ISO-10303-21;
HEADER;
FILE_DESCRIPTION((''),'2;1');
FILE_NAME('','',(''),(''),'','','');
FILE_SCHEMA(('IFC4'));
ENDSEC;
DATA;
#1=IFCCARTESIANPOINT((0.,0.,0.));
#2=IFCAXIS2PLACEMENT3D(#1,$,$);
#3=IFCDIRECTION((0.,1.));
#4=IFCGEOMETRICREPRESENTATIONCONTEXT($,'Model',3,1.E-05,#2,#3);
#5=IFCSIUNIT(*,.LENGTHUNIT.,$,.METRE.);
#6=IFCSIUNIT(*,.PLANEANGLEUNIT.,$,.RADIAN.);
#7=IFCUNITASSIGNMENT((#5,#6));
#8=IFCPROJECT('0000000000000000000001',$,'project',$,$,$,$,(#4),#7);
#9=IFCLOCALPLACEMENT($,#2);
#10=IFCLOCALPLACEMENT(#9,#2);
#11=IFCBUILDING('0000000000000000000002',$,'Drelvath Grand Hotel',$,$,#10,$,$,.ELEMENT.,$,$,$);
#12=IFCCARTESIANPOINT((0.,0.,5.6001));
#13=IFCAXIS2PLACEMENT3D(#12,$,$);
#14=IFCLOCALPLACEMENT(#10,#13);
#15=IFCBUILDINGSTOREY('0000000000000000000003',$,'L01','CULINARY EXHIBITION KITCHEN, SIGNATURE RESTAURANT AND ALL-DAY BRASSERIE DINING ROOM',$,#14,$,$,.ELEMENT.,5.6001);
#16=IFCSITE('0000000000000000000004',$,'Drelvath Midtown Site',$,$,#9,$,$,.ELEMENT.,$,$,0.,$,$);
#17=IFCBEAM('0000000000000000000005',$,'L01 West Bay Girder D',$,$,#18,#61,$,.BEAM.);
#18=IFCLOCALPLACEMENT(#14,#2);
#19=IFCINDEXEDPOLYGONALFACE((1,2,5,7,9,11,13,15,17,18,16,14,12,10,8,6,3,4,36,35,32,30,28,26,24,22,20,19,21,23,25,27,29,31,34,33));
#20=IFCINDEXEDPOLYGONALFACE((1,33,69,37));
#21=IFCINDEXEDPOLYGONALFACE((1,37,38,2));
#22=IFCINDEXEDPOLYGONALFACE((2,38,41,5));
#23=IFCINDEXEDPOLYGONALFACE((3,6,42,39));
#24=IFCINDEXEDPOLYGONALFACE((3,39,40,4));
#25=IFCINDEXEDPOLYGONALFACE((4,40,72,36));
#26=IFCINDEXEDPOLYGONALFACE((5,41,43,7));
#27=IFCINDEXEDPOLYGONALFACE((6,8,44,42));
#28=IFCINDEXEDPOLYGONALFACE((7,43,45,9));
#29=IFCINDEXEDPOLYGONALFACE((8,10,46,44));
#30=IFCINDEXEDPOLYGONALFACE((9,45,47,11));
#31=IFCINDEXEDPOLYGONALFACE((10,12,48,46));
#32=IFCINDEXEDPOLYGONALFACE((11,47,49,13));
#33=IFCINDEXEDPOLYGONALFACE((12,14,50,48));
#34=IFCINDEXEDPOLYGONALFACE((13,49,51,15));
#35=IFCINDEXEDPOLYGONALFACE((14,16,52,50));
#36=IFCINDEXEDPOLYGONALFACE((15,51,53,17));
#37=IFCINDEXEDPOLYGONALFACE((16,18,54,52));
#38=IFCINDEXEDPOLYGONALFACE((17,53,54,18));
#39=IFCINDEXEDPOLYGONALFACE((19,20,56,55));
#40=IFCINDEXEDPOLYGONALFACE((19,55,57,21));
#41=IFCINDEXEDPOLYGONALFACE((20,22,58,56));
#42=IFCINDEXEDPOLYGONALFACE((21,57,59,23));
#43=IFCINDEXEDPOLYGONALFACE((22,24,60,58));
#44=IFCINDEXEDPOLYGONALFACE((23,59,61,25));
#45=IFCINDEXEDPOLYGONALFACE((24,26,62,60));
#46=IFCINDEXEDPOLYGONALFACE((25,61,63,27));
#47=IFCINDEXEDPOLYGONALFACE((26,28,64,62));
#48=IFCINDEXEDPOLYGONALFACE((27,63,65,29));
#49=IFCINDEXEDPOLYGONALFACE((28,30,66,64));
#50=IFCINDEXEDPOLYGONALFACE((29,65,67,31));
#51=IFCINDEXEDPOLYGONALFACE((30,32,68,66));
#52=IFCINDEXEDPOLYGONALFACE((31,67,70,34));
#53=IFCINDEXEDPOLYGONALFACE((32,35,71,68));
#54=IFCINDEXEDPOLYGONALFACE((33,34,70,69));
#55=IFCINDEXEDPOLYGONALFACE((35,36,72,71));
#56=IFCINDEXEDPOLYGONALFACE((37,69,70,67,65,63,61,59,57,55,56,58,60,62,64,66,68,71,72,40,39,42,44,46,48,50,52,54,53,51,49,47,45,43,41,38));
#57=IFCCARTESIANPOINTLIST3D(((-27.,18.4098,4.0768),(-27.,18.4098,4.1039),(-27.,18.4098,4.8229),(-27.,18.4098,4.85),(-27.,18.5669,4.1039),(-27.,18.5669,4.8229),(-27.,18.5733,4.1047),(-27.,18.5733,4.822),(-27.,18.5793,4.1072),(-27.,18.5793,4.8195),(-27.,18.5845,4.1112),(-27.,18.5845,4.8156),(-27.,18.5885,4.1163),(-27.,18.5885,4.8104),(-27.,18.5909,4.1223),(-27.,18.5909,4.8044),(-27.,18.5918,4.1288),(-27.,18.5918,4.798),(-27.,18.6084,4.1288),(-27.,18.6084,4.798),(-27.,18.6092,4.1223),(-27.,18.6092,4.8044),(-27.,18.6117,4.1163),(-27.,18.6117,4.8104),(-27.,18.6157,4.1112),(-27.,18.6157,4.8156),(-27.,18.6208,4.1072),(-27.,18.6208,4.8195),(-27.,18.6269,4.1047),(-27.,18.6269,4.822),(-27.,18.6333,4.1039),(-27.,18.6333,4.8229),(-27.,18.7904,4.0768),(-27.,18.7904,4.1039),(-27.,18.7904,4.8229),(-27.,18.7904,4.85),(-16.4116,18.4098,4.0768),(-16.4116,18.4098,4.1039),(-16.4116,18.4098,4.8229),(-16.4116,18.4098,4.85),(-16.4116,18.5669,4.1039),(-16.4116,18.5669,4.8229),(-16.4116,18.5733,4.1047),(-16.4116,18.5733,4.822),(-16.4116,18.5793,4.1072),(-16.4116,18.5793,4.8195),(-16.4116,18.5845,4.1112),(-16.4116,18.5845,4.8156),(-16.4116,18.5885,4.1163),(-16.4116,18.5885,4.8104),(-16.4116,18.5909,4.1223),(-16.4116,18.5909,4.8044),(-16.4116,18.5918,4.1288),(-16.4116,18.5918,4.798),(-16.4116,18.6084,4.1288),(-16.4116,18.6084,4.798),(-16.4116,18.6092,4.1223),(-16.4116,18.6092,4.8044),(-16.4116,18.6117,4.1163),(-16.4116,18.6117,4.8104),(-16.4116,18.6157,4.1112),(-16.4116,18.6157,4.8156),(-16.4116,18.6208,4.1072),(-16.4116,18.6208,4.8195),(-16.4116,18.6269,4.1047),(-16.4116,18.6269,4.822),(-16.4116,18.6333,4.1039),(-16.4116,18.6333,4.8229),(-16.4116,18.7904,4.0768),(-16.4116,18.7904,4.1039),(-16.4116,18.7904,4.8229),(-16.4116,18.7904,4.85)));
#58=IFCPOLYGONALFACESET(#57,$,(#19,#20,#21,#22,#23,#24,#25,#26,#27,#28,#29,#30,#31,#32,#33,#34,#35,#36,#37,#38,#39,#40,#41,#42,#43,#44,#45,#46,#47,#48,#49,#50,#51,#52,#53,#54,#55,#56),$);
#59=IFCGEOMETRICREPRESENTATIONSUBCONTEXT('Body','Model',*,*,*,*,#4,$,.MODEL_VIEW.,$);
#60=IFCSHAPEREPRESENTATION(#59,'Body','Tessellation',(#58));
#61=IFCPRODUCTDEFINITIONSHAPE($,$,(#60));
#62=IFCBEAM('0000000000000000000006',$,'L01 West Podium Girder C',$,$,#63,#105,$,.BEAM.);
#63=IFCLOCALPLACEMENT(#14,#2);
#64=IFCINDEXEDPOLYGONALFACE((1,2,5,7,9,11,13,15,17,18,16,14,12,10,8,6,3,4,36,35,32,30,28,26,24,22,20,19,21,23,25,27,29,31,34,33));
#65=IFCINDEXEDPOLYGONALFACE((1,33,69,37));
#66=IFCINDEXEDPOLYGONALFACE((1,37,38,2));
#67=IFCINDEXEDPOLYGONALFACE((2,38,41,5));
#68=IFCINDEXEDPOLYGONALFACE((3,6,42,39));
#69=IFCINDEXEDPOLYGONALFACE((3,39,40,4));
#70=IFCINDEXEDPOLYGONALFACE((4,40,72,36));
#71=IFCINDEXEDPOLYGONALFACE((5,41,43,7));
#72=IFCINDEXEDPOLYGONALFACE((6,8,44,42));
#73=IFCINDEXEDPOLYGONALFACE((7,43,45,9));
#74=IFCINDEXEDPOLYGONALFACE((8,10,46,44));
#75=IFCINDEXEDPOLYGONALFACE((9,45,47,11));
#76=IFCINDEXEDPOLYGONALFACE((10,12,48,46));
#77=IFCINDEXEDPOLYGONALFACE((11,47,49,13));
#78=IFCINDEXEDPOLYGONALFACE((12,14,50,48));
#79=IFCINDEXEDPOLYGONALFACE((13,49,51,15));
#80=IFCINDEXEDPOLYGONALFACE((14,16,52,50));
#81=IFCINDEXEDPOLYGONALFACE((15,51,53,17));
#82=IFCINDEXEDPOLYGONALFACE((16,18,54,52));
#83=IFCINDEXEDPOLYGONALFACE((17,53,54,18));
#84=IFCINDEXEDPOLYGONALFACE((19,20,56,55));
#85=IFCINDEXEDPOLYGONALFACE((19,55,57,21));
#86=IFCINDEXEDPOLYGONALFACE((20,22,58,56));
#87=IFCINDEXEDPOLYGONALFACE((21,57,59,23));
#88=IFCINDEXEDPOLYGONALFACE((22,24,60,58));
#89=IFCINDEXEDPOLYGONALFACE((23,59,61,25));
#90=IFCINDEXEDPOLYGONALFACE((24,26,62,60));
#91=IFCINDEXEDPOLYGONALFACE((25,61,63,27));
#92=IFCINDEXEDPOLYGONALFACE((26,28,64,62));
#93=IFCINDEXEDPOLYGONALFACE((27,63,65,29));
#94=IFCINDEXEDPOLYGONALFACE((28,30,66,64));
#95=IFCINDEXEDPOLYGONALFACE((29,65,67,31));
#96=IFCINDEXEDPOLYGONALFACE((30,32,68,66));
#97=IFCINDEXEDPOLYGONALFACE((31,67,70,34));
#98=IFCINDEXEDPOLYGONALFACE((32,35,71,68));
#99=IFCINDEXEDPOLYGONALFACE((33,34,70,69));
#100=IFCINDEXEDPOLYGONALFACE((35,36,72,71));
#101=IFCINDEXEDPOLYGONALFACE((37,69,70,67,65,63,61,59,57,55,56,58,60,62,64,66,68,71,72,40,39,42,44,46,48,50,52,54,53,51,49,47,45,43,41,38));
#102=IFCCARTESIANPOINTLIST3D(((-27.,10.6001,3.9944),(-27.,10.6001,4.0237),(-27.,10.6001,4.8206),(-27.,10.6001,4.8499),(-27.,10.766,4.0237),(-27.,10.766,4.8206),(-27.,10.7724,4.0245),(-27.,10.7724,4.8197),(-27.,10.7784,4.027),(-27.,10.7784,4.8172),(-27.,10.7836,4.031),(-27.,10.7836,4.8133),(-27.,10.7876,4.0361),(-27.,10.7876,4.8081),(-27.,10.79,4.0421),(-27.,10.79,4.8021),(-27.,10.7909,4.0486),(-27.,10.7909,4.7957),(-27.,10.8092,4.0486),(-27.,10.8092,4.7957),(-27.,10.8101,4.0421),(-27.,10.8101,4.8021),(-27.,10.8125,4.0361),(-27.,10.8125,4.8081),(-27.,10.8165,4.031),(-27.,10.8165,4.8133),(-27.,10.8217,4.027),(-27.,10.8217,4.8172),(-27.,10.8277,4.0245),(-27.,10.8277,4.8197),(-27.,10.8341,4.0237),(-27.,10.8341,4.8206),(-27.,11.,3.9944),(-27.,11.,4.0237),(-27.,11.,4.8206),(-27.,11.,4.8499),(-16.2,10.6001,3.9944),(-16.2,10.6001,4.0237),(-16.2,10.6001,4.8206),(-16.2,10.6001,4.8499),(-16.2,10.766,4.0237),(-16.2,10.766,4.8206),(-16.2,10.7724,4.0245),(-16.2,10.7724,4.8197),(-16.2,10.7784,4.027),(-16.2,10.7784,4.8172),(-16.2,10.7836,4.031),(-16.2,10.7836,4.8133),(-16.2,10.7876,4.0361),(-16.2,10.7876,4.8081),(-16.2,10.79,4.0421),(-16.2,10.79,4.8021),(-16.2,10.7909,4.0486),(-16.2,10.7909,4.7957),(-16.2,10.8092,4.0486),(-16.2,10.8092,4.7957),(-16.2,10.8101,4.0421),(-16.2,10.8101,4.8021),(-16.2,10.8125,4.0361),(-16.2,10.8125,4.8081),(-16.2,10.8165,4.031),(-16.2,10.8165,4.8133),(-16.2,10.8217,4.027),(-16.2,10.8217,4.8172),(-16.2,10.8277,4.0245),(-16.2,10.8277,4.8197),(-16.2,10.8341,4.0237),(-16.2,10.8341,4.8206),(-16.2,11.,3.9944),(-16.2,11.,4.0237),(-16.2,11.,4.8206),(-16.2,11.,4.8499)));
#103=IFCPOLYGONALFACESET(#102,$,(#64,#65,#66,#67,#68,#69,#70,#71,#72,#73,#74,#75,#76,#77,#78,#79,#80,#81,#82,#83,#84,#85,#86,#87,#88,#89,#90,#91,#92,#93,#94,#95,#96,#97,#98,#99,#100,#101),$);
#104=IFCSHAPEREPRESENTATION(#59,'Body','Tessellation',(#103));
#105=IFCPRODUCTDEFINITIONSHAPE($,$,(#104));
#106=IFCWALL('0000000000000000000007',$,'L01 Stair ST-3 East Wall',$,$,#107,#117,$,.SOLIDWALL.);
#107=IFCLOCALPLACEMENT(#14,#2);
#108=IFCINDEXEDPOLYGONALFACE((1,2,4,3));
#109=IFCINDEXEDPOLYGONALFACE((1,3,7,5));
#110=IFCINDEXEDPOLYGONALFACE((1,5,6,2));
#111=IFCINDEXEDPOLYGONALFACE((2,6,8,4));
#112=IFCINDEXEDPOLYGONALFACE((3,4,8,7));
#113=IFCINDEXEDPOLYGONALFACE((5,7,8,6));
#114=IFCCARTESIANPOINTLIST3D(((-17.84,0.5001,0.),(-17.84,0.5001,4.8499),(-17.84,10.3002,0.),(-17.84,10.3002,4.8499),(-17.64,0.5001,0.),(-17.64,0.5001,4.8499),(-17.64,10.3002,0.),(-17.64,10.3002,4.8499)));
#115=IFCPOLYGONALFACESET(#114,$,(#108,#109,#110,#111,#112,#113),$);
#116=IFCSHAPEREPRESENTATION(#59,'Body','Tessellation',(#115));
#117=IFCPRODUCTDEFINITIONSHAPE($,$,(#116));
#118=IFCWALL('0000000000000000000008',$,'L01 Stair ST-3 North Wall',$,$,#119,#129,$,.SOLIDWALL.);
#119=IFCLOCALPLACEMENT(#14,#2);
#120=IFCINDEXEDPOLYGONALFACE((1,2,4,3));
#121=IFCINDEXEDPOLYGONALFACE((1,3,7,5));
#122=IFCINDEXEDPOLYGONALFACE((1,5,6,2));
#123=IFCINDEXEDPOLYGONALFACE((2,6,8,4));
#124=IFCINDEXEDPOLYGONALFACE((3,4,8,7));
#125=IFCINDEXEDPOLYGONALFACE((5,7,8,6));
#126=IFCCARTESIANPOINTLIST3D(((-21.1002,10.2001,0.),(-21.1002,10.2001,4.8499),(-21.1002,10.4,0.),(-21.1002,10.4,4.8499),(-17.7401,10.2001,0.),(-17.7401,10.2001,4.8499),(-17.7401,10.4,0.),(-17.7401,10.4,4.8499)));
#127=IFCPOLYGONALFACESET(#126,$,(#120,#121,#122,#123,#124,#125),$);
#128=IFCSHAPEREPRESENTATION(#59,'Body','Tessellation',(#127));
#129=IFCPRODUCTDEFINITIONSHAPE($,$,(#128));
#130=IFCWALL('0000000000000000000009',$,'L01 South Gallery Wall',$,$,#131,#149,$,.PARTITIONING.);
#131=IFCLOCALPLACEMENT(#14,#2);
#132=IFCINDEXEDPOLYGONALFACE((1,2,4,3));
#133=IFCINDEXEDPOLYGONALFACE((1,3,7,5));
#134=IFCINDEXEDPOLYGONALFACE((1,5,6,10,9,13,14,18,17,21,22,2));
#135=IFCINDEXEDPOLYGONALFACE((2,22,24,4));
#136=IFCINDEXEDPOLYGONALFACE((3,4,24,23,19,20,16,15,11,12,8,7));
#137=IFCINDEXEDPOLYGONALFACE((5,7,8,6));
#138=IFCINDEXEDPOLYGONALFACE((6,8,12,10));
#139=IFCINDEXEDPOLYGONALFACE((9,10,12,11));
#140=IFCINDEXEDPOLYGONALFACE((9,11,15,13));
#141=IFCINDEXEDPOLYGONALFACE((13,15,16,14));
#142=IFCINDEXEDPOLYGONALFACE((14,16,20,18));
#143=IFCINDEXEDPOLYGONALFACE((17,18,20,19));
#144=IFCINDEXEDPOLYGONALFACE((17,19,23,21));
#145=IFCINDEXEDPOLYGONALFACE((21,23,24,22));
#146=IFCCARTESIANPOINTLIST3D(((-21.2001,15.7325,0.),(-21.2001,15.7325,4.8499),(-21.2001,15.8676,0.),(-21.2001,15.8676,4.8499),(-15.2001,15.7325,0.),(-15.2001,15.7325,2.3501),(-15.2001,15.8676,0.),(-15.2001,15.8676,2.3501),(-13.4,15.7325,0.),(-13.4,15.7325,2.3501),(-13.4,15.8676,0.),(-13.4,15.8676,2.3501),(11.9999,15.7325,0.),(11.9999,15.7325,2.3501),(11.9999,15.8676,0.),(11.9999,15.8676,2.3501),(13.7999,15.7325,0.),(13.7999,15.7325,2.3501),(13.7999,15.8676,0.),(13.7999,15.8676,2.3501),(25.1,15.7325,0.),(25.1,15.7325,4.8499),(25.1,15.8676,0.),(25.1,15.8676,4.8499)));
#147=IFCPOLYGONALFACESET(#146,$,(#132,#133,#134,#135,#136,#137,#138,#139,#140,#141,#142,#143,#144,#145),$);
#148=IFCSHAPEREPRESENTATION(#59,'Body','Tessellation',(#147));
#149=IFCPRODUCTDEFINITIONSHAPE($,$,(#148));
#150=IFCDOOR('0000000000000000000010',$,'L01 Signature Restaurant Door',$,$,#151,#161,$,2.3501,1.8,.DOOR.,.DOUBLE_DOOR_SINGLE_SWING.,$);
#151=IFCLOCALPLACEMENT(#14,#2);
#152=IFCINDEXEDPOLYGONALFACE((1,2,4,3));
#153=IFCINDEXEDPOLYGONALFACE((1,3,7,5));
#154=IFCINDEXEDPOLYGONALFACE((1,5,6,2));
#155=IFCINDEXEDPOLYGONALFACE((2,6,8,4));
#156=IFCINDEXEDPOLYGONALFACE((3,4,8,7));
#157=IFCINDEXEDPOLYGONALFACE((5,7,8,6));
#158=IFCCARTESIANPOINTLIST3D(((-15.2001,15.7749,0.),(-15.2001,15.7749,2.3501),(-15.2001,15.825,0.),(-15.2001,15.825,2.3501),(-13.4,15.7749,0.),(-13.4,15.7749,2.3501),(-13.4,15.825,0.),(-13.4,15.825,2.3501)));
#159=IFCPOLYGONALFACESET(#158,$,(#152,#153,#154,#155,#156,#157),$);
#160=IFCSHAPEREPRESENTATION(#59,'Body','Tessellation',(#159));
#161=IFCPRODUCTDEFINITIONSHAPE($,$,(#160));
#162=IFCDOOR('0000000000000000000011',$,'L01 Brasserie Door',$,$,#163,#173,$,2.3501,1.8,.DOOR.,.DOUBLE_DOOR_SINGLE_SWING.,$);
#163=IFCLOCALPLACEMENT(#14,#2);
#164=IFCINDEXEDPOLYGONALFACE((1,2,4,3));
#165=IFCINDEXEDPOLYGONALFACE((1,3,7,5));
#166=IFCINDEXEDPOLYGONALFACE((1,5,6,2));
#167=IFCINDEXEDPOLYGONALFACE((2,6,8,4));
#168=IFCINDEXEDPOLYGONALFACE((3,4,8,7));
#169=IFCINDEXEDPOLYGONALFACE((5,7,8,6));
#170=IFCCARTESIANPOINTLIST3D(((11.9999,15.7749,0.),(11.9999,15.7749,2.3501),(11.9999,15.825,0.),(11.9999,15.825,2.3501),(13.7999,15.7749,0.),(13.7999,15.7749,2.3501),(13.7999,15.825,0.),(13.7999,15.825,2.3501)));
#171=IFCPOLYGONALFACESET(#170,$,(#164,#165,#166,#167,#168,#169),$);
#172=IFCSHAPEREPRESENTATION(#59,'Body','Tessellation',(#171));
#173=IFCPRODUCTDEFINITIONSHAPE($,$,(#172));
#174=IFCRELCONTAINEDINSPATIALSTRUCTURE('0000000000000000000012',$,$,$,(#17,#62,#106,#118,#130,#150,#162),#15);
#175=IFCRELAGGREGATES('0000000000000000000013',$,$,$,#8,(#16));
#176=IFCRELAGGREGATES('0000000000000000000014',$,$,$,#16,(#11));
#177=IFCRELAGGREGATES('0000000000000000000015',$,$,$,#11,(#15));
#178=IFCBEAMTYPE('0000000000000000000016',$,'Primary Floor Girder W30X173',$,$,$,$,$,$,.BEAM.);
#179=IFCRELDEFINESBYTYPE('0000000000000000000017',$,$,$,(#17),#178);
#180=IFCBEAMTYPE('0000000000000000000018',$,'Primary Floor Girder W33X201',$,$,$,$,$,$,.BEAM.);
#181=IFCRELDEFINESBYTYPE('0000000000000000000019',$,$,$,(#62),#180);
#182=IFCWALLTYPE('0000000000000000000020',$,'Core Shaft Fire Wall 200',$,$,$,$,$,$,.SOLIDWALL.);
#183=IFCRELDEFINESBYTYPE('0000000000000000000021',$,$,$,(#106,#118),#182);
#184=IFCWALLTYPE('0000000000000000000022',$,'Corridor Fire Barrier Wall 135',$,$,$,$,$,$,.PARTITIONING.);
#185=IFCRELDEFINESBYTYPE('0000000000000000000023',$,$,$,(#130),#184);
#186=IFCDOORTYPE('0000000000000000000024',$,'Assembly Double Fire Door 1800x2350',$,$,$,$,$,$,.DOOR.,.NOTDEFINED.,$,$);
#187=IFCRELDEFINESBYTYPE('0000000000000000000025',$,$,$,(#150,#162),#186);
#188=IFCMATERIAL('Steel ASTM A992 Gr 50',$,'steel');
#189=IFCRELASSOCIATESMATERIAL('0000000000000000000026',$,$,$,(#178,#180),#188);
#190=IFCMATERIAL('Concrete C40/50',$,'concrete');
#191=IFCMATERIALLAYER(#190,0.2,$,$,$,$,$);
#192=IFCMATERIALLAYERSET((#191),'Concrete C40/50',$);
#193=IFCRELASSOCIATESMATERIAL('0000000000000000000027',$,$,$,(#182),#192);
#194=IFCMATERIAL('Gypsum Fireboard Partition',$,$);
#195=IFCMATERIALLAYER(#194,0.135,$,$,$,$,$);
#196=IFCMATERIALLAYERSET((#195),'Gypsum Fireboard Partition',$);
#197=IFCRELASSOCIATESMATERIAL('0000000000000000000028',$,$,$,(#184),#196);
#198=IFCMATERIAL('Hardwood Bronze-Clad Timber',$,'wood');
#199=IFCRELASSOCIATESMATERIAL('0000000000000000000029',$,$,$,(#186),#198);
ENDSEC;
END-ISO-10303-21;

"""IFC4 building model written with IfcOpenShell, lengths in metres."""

from ifc_helpers import new_model, si_unit, direction, frame, frame_2d, origin, origin_2d, place, context, subcontext, project, spatial, rectangle, i_section, extrude, material, layer, layer_set, material_profile, profile_set, type_object, element, fill, save


model = new_model("IFC4")

# Units and contexts
model_context = context("Model", 3, precision=1e-05, world=origin(), true_north=direction((0.0, 1.0)))
body_context = subcontext(model_context, "Body", "Model", "MODEL_VIEW")
ifc_project = project(units=[si_unit("LENGTHUNIT", "METRE"), si_unit("PLANEANGLEUNIT", "RADIAN")], contexts=[model_context])

# Site, building, storey
site_placement = place(None, origin())
site = spatial("IfcSite", under=ifc_project, at=site_placement, Name="Drelvath Midtown Site", CompositionType="ELEMENT", RefElevation=0.0)
building_placement = place(site_placement, origin())
building = spatial("IfcBuilding", under=site, at=building_placement, Name="Drelvath Grand Hotel", CompositionType="ELEMENT")
storey_placement = place(building_placement, frame((0.0, 0.0, 5.6001)))
storey = spatial("IfcBuildingStorey", under=building, at=storey_placement, Name="L01", Description="CULINARY EXHIBITION KITCHEN, SIGNATURE RESTAURANT AND ALL-DAY BRASSERIE DINING ROOM", CompositionType="ELEMENT", Elevation=5.6001)

# Beams
ifc_material_1 = material(Name="Steel ASTM A992 Gr 50", Category="steel")
ifc_material_profile_1 = material_profile(ifc_material_1, i_section(OverallWidth=0.3806, OverallDepth=0.7732, WebThickness=0.0166, FlangeThickness=0.0271, FilletRadius=0.0249, at=origin_2d()), Name="W30X173")
ifc_profile_set_1 = profile_set([ifc_material_profile_1], Name="Steel ASTM A992 Gr 50")
beam_type_1 = type_object("IfcBeamType", Name="Primary Floor Girder W30X173", PredefinedType="BEAM", material=ifc_profile_set_1)
beam_1_placement = place(storey_placement, frame((-27.0, 18.6001, 4.4634), z_axis=(1.0, 0.0, 0.0), x_axis=(0.0, 1.0, 0.0)))
element("IfcBeam", 1, at=beam_1_placement, inside=storey, type_object=beam_type_1, Name="L01 West Bay Girder D", PredefinedType="BEAM", context=body_context, shape_type="SweptSolid", body=[
    extrude(i_section(OverallWidth=0.3806, OverallDepth=0.7732, WebThickness=0.0166, FlangeThickness=0.0271, FilletRadius=0.0249, at=origin_2d()), origin(), (0.0, 0.0, 1.0), 10.5884),
])
ifc_material_profile_2 = material_profile(ifc_material_1, i_section(OverallWidth=0.3999, OverallDepth=0.8555, WebThickness=0.0183, FlangeThickness=0.0293, FilletRadius=0.0249, at=origin_2d()), Name="W33X201")
ifc_profile_set_2 = profile_set([ifc_material_profile_2], Name="Steel ASTM A992 Gr 50")
beam_type_2 = type_object("IfcBeamType", Name="Primary Floor Girder W33X201", PredefinedType="BEAM", material=ifc_profile_set_2)
beam_2_placement = place(storey_placement, frame((-27.0, 10.8, 4.4221), z_axis=(1.0, 0.0, 0.0), x_axis=(0.0, 1.0, 0.0)))
element("IfcBeam", 2, at=beam_2_placement, inside=storey, type_object=beam_type_2, Name="L01 West Podium Girder C", PredefinedType="BEAM", context=body_context, shape_type="SweptSolid", body=[
    extrude(i_section(OverallWidth=0.3999, OverallDepth=0.8555, WebThickness=0.0183, FlangeThickness=0.0293, FilletRadius=0.0249, at=origin_2d()), origin(), (0.0, 0.0, 1.0), 10.8),
])

# Walls
ifc_material_2 = material(Name="Concrete C40/50", Category="concrete")
ifc_layer_1 = layer(ifc_material_2, 0.2)
ifc_layer_set_1 = layer_set([ifc_layer_1], Name="Concrete C40/50")
wall_type_1 = type_object("IfcWallType", Name="Core Shaft Fire Wall 200", PredefinedType="SOLIDWALL", material=ifc_layer_set_1)
wall_1_placement = place(storey_placement, frame((-17.74, 10.3, 0.0), z_axis=(0.0, 0.0, 1.0), x_axis=(0.0, -1.0, 0.0)))
element("IfcWall", 3, at=wall_1_placement, inside=storey, type_object=wall_type_1, Name="L01 Stair ST-3 East Wall", PredefinedType="SOLIDWALL", context=body_context, shape_type="SweptSolid", body=[
    extrude(rectangle(XDim=9.8, YDim=0.2, at=frame_2d((4.8999, 0.0))), origin(), (0.0, 0.0, 1.0), 4.8499),
])
wall_2_placement = place(storey_placement, frame((-17.74, 10.3, 0.0), z_axis=(0.0, 0.0, 1.0), x_axis=(-1.0, 0.0, 0.0)))
element("IfcWall", 4, at=wall_2_placement, inside=storey, type_object=wall_type_1, Name="L01 Stair ST-3 North Wall", PredefinedType="SOLIDWALL", context=body_context, shape_type="SweptSolid", body=[
    extrude(rectangle(XDim=3.3601, YDim=0.2, at=frame_2d((1.6802, 0.0))), origin(), (0.0, 0.0, 1.0), 4.8499),
])

# Wall, openings, doors
ifc_material_3 = material(Name="Gypsum Fireboard Partition")
ifc_layer_2 = layer(ifc_material_3, 0.135)
ifc_layer_set_2 = layer_set([ifc_layer_2], Name="Gypsum Fireboard Partition")
wall_type_2 = type_object("IfcWallType", Name="Corridor Fire Barrier Wall 135", PredefinedType="PARTITIONING", material=ifc_layer_set_2)
wall_3_placement = place(storey_placement, frame((-21.2, 15.8, 0.0), z_axis=(0.0, 0.0, 1.0), x_axis=(1.0, 0.0, 0.0)))
wall_3 = element("IfcWall", 5, at=wall_3_placement, inside=storey, type_object=wall_type_2, Name="L01 South Gallery Wall", PredefinedType="PARTITIONING", context=body_context, shape_type="SweptSolid", body=[
    extrude(rectangle(XDim=46.3, YDim=0.135, at=frame_2d((23.1499, 0.0))), origin(), (0.0, 0.0, 1.0), 4.8499),
])
opening_1_placement = place(wall_3_placement, frame((6.0, 0.0, 0.0)))
opening_1 = element("IfcOpeningElement", 6, at=opening_1_placement, cuts=wall_3, PredefinedType="OPENING", context=body_context, shape_type="SweptSolid", body=[
    extrude(rectangle(XDim=1.8, YDim=2.3501, at=frame_2d((0.8999, 1.175))), frame((0.0, 0.0774, 0.0), z_axis=(0.0, -1.0, 0.0), x_axis=(1.0, 0.0, 0.0)), (0.0, 0.0, 1.0), 0.155),
])
opening_2_placement = place(wall_3_placement, frame((33.2, 0.0, 0.0)))
opening_2 = element("IfcOpeningElement", 7, at=opening_2_placement, cuts=wall_3, PredefinedType="OPENING", context=body_context, shape_type="SweptSolid", body=[
    extrude(rectangle(XDim=1.8, YDim=2.3501, at=frame_2d((0.8999, 1.175))), frame((0.0, 0.0774, 0.0), z_axis=(0.0, -1.0, 0.0), x_axis=(1.0, 0.0, 0.0)), (0.0, 0.0, 1.0), 0.155),
])
ifc_material_4 = material(Name="Hardwood Bronze-Clad Timber", Category="wood")
door_type = type_object("IfcDoorType", Name="Assembly Double Fire Door 1800x2350", OperationType="NOTDEFINED", PredefinedType="DOOR", material=ifc_material_4)
door_1_placement = place(opening_1_placement, origin())
door_1 = element("IfcDoor", 8, at=door_1_placement, inside=storey, type_object=door_type, Name="L01 Signature Restaurant Door", OperationType="DOUBLE_DOOR_SINGLE_SWING", OverallHeight=2.3501, OverallWidth=1.8, PredefinedType="DOOR", context=body_context, shape_type="SweptSolid", body=[
    extrude(rectangle(XDim=1.8, YDim=2.3501, at=frame_2d((0.8999, 1.175))), frame((0.0, 0.0249, 0.0), z_axis=(0.0, -1.0, 0.0), x_axis=(1.0, 0.0, 0.0)), (0.0, 0.0, 1.0), 0.05),
])
fill(opening_1, door_1)
door_2_placement = place(opening_2_placement, origin())
door_2 = element("IfcDoor", 9, at=door_2_placement, inside=storey, type_object=door_type, Name="L01 Brasserie Door", OperationType="DOUBLE_DOOR_SINGLE_SWING", OverallHeight=2.3501, OverallWidth=1.8, PredefinedType="DOOR", context=body_context, shape_type="SweptSolid", body=[
    extrude(rectangle(XDim=1.8, YDim=2.3501, at=frame_2d((0.8999, 1.175))), frame((0.0, 0.0249, 0.0), z_axis=(0.0, -1.0, 0.0), x_axis=(1.0, 0.0, 0.0)), (0.0, 0.0, 1.0), 0.05),
])
fill(opening_2, door_2)

save(model, "model.ifc")
